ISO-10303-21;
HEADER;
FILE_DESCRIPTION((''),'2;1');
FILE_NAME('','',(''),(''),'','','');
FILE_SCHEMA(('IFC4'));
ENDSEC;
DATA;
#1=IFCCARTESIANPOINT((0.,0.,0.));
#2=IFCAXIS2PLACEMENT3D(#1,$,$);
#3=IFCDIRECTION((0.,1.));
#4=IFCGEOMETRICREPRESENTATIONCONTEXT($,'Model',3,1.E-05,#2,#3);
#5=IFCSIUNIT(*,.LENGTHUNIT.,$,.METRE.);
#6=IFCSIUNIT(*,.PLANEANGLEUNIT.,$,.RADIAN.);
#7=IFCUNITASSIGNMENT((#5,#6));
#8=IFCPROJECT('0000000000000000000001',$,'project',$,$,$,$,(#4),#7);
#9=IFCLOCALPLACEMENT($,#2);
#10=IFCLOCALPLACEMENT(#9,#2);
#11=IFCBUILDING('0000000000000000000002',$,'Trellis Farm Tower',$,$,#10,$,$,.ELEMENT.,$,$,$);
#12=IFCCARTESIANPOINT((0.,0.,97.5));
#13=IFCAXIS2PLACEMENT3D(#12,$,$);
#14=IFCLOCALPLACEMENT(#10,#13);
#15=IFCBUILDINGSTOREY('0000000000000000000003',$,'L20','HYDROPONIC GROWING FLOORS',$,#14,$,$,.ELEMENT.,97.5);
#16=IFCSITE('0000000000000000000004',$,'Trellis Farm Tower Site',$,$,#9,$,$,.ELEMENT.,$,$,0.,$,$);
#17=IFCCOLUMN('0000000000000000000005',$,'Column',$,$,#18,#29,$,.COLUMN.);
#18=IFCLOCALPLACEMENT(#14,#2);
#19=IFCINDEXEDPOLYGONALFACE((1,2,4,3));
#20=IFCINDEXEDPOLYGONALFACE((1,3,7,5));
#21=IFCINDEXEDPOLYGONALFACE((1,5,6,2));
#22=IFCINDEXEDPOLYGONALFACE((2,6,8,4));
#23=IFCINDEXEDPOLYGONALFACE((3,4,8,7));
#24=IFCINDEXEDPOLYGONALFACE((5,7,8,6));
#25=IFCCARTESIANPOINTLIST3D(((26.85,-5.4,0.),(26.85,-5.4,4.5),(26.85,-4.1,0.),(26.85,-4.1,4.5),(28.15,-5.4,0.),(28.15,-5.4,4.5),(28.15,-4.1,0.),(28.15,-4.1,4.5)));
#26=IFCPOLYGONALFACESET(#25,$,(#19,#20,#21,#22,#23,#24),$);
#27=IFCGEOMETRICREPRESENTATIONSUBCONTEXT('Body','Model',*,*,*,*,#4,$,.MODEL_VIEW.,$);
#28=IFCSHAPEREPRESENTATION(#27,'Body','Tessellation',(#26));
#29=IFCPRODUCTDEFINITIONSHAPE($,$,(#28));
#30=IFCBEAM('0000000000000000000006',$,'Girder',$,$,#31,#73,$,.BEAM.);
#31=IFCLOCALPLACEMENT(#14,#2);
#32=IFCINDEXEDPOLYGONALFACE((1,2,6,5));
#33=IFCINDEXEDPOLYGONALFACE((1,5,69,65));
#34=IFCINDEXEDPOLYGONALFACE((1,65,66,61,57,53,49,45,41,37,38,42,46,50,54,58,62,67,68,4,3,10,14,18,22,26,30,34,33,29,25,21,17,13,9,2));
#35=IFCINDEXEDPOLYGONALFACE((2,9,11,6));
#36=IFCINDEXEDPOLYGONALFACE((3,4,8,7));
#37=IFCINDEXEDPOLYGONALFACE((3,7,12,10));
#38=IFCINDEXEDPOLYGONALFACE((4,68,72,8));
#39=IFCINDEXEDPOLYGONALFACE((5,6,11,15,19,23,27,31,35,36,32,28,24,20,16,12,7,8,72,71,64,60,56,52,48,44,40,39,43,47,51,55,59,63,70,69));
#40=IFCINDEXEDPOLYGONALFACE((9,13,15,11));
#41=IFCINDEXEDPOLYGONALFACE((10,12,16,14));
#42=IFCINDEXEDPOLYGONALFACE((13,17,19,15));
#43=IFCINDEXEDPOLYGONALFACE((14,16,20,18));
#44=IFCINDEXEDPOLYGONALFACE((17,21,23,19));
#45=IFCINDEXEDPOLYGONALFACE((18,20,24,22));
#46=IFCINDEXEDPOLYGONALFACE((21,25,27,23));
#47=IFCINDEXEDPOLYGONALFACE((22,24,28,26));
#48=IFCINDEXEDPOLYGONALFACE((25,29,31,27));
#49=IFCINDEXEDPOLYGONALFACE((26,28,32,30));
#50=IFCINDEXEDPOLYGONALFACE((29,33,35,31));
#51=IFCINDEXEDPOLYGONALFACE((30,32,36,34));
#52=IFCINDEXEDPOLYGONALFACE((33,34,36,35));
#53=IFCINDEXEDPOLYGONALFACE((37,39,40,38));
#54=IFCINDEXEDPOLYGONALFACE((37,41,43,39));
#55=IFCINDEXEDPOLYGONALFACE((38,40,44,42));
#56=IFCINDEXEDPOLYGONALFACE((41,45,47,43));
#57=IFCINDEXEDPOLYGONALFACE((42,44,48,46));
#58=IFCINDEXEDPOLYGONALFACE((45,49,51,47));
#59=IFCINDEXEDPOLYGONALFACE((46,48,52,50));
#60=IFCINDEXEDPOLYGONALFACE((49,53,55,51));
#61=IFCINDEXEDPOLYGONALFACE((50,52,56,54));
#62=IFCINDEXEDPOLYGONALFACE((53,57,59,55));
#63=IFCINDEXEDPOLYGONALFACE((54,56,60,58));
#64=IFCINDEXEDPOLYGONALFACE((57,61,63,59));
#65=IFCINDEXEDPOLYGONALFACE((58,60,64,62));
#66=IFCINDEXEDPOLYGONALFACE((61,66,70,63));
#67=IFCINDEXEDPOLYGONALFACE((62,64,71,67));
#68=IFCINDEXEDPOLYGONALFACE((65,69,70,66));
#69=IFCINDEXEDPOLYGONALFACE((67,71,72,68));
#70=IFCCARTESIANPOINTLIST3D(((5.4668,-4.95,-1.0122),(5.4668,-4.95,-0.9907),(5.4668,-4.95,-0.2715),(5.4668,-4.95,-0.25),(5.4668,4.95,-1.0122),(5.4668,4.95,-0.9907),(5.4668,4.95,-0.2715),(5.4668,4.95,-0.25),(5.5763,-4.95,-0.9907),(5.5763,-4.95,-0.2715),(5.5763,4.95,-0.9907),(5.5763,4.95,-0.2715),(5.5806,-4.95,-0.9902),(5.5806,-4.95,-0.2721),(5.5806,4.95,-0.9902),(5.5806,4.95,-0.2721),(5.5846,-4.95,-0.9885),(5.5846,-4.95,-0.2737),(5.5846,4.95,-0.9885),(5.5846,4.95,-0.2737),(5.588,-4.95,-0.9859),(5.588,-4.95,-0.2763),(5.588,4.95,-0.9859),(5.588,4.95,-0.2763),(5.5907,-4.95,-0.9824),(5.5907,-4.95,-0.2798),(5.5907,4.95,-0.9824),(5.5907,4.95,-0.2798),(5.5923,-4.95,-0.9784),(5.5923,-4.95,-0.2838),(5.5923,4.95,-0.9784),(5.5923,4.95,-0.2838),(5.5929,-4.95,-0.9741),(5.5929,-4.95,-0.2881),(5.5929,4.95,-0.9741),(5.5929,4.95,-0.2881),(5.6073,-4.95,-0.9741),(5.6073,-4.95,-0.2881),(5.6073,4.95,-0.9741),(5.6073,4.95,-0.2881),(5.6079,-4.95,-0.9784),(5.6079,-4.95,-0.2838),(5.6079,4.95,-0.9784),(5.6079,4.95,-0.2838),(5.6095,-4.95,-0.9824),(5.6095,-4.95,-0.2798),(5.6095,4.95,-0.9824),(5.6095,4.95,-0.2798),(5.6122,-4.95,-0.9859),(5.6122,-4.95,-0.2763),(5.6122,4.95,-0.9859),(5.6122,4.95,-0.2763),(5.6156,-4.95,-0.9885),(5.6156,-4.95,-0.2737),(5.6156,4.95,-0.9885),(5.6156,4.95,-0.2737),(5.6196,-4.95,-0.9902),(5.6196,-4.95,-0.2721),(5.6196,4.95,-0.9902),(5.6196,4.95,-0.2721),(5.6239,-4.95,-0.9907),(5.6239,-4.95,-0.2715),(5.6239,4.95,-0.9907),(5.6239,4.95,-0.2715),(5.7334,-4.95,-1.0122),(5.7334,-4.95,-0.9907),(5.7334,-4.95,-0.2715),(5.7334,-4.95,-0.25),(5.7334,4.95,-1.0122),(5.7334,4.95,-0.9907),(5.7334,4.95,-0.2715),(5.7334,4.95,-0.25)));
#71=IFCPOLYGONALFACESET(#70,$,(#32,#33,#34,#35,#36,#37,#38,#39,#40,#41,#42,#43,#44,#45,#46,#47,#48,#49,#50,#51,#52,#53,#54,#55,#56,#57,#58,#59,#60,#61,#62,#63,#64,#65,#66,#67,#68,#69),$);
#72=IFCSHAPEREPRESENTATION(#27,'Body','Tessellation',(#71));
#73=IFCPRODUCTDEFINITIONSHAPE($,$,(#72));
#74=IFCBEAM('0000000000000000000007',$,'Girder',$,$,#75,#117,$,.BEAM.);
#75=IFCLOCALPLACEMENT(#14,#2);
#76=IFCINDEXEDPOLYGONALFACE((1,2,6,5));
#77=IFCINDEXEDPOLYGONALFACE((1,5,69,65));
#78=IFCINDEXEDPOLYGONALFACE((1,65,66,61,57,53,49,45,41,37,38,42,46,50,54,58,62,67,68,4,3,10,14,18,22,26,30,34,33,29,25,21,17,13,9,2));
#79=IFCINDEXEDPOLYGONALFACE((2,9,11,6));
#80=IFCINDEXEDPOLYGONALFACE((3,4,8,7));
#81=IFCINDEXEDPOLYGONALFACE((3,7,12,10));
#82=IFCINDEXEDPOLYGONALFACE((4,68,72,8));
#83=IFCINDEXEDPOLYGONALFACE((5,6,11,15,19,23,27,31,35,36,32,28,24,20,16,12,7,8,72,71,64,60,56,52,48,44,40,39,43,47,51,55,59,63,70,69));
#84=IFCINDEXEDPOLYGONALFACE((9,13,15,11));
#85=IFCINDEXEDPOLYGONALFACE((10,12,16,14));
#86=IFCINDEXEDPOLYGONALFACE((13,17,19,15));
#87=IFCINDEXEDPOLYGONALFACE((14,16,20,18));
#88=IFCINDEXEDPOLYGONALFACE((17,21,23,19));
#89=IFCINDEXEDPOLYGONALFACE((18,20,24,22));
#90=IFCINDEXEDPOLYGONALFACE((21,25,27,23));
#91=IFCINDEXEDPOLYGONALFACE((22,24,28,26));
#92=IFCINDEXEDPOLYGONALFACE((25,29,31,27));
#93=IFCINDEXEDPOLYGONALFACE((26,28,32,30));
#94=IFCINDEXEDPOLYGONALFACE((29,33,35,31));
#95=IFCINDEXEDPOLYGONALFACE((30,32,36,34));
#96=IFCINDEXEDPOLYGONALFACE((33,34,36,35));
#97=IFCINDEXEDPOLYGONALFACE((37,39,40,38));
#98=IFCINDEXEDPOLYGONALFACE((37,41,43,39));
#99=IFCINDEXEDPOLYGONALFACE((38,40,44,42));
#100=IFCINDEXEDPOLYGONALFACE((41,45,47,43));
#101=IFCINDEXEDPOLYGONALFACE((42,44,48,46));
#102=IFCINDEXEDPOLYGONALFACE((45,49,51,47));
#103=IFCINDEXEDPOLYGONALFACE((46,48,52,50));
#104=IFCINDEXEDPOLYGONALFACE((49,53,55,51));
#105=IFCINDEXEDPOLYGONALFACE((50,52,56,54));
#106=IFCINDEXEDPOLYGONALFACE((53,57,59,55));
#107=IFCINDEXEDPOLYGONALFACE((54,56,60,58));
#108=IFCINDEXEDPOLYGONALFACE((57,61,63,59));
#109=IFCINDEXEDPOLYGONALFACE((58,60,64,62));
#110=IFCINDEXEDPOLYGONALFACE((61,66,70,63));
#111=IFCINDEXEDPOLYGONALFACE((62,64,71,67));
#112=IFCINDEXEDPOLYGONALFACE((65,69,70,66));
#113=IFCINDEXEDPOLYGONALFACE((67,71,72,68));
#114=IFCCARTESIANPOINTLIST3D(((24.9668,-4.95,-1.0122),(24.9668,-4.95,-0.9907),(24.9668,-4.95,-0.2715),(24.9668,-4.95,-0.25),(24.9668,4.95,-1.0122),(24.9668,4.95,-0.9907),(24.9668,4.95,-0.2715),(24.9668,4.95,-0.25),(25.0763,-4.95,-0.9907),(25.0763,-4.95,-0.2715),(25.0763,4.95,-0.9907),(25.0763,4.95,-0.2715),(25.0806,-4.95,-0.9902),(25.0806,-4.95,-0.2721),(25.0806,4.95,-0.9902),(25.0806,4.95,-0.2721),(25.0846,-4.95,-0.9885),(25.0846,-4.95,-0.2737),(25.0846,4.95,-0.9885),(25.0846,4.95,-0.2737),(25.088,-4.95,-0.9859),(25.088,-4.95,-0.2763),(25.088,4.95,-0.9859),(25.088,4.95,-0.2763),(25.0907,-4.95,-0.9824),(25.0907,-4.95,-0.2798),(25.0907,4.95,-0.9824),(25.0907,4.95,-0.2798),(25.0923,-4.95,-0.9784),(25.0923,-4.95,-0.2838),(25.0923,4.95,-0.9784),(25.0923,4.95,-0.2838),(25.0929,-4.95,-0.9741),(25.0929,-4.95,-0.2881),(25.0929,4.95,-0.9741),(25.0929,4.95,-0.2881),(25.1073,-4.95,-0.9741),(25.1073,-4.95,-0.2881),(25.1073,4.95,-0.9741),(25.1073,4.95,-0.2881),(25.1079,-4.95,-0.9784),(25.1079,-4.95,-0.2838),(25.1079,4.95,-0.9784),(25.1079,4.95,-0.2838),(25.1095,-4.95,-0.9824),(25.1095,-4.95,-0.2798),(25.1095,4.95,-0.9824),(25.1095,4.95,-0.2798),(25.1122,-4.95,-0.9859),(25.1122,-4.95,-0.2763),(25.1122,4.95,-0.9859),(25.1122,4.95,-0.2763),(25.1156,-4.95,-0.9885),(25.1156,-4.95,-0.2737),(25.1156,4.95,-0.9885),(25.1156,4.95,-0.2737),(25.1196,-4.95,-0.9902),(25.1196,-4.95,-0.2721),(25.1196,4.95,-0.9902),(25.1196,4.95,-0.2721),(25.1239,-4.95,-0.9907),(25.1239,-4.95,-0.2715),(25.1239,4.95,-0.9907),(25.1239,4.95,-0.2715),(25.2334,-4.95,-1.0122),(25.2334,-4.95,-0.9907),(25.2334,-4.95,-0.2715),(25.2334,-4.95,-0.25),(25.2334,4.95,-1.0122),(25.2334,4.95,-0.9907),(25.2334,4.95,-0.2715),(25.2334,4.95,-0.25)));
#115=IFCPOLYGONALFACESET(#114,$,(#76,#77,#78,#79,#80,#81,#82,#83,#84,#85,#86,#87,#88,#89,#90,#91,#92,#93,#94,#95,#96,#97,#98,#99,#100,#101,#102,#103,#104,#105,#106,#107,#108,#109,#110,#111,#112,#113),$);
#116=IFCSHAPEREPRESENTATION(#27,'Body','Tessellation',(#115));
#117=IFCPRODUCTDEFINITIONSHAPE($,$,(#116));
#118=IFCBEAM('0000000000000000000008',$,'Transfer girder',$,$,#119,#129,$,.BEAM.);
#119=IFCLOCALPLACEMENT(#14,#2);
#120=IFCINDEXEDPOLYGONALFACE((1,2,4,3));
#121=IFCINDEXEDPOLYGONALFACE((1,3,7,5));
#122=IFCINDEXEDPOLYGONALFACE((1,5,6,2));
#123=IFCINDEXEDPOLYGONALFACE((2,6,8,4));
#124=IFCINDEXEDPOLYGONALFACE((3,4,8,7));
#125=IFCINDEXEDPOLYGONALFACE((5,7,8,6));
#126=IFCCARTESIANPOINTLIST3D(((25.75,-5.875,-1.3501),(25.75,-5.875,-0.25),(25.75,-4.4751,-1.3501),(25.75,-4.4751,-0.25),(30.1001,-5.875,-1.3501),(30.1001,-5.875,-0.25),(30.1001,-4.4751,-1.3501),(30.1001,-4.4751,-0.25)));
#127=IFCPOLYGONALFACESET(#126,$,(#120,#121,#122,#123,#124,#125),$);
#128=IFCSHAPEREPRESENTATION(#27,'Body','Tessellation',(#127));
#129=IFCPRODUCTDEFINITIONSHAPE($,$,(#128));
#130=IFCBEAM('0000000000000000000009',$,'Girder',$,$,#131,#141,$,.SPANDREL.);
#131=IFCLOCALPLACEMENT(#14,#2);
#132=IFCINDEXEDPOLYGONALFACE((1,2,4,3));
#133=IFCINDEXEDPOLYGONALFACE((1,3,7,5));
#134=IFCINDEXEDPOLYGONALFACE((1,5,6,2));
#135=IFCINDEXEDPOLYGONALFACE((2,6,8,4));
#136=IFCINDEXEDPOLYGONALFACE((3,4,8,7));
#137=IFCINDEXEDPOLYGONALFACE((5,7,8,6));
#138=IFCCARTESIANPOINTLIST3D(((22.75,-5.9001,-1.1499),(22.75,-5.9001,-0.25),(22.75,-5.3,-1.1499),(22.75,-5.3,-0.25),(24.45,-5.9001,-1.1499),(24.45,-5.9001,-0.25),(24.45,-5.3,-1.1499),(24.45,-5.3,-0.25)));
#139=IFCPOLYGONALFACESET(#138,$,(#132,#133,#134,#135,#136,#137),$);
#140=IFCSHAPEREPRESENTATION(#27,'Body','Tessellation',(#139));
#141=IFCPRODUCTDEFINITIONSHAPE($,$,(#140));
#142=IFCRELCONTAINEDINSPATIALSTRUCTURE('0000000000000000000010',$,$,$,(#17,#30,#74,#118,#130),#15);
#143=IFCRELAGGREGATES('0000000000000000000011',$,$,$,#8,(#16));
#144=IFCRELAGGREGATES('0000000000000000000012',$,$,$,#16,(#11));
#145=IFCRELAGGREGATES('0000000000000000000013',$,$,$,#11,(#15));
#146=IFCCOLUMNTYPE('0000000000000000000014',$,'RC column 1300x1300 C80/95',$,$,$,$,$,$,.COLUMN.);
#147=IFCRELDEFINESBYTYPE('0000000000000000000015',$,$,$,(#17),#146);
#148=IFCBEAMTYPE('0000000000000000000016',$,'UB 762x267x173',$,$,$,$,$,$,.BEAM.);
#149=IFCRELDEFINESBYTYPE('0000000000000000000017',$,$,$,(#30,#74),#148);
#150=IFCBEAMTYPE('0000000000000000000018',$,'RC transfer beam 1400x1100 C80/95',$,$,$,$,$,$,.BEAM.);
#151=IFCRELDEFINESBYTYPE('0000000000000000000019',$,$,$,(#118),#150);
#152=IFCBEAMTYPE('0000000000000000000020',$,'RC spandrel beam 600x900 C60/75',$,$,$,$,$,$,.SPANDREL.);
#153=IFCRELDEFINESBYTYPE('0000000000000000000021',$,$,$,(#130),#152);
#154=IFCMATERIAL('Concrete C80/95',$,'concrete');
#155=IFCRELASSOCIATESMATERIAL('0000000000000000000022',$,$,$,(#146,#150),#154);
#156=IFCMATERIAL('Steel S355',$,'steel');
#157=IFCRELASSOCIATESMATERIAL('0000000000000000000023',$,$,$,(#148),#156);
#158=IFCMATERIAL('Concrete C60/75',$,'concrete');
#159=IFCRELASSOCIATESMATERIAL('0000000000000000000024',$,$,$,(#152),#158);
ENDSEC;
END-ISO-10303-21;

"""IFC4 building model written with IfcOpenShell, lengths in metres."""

from ifc_helpers import new_model, si_unit, direction, frame, origin, origin_2d, place, context, subcontext, project, spatial, rectangle, i_section, extrude, source, transform, mapped, material, material_profile, profile_set, type_object, element, save


model = new_model("IFC4")

# Units and contexts
model_context = context("Model", 3, precision=1e-05, world=origin(), true_north=direction((0.0, 1.0)))
body_context = subcontext(model_context, "Body", "Model", "MODEL_VIEW")
ifc_project = project(units=[si_unit("LENGTHUNIT", "METRE"), si_unit("PLANEANGLEUNIT", "RADIAN")], contexts=[model_context])

# Site, building, storey
site_placement = place(None, origin())
site = spatial("IfcSite", under=ifc_project, at=site_placement, Name="Trellis Farm Tower Site", CompositionType="ELEMENT", RefElevation=0.0)
building_placement = place(site_placement, origin())
building = spatial("IfcBuilding", under=site, at=building_placement, Name="Trellis Farm Tower", CompositionType="ELEMENT")
storey_placement = place(building_placement, frame((0.0, 0.0, 97.5)))
storey = spatial("IfcBuildingStorey", under=building, at=storey_placement, Name="L20", Description="HYDROPONIC GROWING FLOORS", CompositionType="ELEMENT", Elevation=97.5)

# Column
ifc_material_1 = material(Name="Concrete C80/95", Category="concrete")
ifc_material_profile_1 = material_profile(ifc_material_1, rectangle(XDim=1.3, YDim=1.3, at=origin_2d()), Name="RC column 1300x1300 C80/95")
ifc_profile_set_1 = profile_set([ifc_material_profile_1], Name="Concrete C80/95")
column_type = type_object("IfcColumnType", Name="RC column 1300x1300 C80/95", PredefinedType="COLUMN", material=ifc_profile_set_1)
shared_shape_1 = source(origin(), body_context, "Body", "SweptSolid", [
    extrude(rectangle(XDim=1.3, YDim=1.3, at=origin_2d()), origin(), (0.0, 0.0, 1.0), 4.5),
])
column_placement = place(storey_placement, frame((27.5, -4.75, 0.0), z_axis=(0.0, 0.0, 1.0), x_axis=(1.0, 0.0, 0.0)))
element("IfcColumn", 1, at=column_placement, inside=storey, type_object=column_type, Name="Column", PredefinedType="COLUMN", context=body_context, shape_type="MappedRepresentation", body=[
    mapped(shared_shape_1, transform((0.0, 0.0, 0.0))),
])

# Beams
ifc_material_2 = material(Name="Steel S355", Category="steel")
ifc_material_profile_2 = material_profile(ifc_material_2, i_section(OverallWidth=0.2666, OverallDepth=0.7622, WebThickness=0.0144, FlangeThickness=0.0215, FilletRadius=0.0166, at=origin_2d()), Name="UB 762x267x173")
ifc_profile_set_2 = profile_set([ifc_material_profile_2], Name="Steel S355")
beam_type_1 = type_object("IfcBeamType", Name="UB 762x267x173", PredefinedType="BEAM", material=ifc_profile_set_2)
shared_shape_2 = source(origin(), body_context, "Body", "SweptSolid", [
    extrude(i_section(OverallWidth=0.2666, OverallDepth=0.7622, WebThickness=0.0144, FlangeThickness=0.0215, FilletRadius=0.0166, at=origin_2d()), origin(), (0.0, 0.0, 1.0), 9.8999),
])
for number, where, z_axis, x_axis, name in (
    (2, (5.6001, -4.95, -0.6311), (0.0, 1.0, 0.0), (-1.0, 0.0, 0.0), "Girder"),
    (3, (25.1001, -4.95, -0.6311), (0.0, 1.0, 0.0), (-1.0, 0.0, 0.0), "Girder"),
):
    element("IfcBeam", number, at=place(storey_placement, frame(where, z_axis=z_axis, x_axis=x_axis)), inside=storey, type_object=beam_type_1, Name=name, PredefinedType="BEAM", context=body_context, shape_type="MappedRepresentation", body=[
        mapped(shared_shape_2, transform((0.0, 0.0, 0.0))),
    ])
ifc_material_profile_3 = material_profile(ifc_material_1, rectangle(XDim=1.3999, YDim=1.1001, at=origin_2d()), Name="RC transfer beam 1400x1100 C80/95")
ifc_profile_set_3 = profile_set([ifc_material_profile_3], Name="Concrete C80/95")
beam_type_2 = type_object("IfcBeamType", Name="RC transfer beam 1400x1100 C80/95", PredefinedType="BEAM", material=ifc_profile_set_3)
shared_shape_3 = source(origin(), body_context, "Body", "SweptSolid", [
    extrude(rectangle(XDim=1.3999, YDim=1.1001, at=origin_2d()), origin(), (0.0, 0.0, 1.0), 4.3501),
])
beam_1_placement = place(storey_placement, frame((25.75, -5.175, -0.8), z_axis=(1.0, 0.0, 0.0), x_axis=(0.0, 1.0, 0.0)))
element("IfcBeam", 4, at=beam_1_placement, inside=storey, type_object=beam_type_2, Name="Transfer girder", PredefinedType="BEAM", context=body_context, shape_type="MappedRepresentation", body=[
    mapped(shared_shape_3, transform((0.0, 0.0, 0.0))),
])
ifc_material_3 = material(Name="Concrete C60/75", Category="concrete")
ifc_material_profile_4 = material_profile(ifc_material_3, rectangle(XDim=0.6001, YDim=0.8999, at=origin_2d()), Name="RC spandrel beam 600x900 C60/75")
ifc_profile_set_4 = profile_set([ifc_material_profile_4], Name="Concrete C60/75")
beam_type_3 = type_object("IfcBeamType", Name="RC spandrel beam 600x900 C60/75", PredefinedType="SPANDREL", material=ifc_profile_set_4)
shared_shape_4 = source(origin(), body_context, "Body", "SweptSolid", [
    extrude(rectangle(XDim=0.6001, YDim=0.8999, at=origin_2d()), origin(), (0.0, 0.0, 1.0), 1.7),
])
beam_2_placement = place(storey_placement, frame((22.75, -5.6001, -0.7), z_axis=(1.0, 0.0, 0.0), x_axis=(0.0, 1.0, 0.0)))
element("IfcBeam", 5, at=beam_2_placement, inside=storey, type_object=beam_type_3, Name="Girder", PredefinedType="SPANDREL", context=body_context, shape_type="MappedRepresentation", body=[
    mapped(shared_shape_4, transform((0.0, 0.0, 0.0))),
])

save(model, "model.ifc")
